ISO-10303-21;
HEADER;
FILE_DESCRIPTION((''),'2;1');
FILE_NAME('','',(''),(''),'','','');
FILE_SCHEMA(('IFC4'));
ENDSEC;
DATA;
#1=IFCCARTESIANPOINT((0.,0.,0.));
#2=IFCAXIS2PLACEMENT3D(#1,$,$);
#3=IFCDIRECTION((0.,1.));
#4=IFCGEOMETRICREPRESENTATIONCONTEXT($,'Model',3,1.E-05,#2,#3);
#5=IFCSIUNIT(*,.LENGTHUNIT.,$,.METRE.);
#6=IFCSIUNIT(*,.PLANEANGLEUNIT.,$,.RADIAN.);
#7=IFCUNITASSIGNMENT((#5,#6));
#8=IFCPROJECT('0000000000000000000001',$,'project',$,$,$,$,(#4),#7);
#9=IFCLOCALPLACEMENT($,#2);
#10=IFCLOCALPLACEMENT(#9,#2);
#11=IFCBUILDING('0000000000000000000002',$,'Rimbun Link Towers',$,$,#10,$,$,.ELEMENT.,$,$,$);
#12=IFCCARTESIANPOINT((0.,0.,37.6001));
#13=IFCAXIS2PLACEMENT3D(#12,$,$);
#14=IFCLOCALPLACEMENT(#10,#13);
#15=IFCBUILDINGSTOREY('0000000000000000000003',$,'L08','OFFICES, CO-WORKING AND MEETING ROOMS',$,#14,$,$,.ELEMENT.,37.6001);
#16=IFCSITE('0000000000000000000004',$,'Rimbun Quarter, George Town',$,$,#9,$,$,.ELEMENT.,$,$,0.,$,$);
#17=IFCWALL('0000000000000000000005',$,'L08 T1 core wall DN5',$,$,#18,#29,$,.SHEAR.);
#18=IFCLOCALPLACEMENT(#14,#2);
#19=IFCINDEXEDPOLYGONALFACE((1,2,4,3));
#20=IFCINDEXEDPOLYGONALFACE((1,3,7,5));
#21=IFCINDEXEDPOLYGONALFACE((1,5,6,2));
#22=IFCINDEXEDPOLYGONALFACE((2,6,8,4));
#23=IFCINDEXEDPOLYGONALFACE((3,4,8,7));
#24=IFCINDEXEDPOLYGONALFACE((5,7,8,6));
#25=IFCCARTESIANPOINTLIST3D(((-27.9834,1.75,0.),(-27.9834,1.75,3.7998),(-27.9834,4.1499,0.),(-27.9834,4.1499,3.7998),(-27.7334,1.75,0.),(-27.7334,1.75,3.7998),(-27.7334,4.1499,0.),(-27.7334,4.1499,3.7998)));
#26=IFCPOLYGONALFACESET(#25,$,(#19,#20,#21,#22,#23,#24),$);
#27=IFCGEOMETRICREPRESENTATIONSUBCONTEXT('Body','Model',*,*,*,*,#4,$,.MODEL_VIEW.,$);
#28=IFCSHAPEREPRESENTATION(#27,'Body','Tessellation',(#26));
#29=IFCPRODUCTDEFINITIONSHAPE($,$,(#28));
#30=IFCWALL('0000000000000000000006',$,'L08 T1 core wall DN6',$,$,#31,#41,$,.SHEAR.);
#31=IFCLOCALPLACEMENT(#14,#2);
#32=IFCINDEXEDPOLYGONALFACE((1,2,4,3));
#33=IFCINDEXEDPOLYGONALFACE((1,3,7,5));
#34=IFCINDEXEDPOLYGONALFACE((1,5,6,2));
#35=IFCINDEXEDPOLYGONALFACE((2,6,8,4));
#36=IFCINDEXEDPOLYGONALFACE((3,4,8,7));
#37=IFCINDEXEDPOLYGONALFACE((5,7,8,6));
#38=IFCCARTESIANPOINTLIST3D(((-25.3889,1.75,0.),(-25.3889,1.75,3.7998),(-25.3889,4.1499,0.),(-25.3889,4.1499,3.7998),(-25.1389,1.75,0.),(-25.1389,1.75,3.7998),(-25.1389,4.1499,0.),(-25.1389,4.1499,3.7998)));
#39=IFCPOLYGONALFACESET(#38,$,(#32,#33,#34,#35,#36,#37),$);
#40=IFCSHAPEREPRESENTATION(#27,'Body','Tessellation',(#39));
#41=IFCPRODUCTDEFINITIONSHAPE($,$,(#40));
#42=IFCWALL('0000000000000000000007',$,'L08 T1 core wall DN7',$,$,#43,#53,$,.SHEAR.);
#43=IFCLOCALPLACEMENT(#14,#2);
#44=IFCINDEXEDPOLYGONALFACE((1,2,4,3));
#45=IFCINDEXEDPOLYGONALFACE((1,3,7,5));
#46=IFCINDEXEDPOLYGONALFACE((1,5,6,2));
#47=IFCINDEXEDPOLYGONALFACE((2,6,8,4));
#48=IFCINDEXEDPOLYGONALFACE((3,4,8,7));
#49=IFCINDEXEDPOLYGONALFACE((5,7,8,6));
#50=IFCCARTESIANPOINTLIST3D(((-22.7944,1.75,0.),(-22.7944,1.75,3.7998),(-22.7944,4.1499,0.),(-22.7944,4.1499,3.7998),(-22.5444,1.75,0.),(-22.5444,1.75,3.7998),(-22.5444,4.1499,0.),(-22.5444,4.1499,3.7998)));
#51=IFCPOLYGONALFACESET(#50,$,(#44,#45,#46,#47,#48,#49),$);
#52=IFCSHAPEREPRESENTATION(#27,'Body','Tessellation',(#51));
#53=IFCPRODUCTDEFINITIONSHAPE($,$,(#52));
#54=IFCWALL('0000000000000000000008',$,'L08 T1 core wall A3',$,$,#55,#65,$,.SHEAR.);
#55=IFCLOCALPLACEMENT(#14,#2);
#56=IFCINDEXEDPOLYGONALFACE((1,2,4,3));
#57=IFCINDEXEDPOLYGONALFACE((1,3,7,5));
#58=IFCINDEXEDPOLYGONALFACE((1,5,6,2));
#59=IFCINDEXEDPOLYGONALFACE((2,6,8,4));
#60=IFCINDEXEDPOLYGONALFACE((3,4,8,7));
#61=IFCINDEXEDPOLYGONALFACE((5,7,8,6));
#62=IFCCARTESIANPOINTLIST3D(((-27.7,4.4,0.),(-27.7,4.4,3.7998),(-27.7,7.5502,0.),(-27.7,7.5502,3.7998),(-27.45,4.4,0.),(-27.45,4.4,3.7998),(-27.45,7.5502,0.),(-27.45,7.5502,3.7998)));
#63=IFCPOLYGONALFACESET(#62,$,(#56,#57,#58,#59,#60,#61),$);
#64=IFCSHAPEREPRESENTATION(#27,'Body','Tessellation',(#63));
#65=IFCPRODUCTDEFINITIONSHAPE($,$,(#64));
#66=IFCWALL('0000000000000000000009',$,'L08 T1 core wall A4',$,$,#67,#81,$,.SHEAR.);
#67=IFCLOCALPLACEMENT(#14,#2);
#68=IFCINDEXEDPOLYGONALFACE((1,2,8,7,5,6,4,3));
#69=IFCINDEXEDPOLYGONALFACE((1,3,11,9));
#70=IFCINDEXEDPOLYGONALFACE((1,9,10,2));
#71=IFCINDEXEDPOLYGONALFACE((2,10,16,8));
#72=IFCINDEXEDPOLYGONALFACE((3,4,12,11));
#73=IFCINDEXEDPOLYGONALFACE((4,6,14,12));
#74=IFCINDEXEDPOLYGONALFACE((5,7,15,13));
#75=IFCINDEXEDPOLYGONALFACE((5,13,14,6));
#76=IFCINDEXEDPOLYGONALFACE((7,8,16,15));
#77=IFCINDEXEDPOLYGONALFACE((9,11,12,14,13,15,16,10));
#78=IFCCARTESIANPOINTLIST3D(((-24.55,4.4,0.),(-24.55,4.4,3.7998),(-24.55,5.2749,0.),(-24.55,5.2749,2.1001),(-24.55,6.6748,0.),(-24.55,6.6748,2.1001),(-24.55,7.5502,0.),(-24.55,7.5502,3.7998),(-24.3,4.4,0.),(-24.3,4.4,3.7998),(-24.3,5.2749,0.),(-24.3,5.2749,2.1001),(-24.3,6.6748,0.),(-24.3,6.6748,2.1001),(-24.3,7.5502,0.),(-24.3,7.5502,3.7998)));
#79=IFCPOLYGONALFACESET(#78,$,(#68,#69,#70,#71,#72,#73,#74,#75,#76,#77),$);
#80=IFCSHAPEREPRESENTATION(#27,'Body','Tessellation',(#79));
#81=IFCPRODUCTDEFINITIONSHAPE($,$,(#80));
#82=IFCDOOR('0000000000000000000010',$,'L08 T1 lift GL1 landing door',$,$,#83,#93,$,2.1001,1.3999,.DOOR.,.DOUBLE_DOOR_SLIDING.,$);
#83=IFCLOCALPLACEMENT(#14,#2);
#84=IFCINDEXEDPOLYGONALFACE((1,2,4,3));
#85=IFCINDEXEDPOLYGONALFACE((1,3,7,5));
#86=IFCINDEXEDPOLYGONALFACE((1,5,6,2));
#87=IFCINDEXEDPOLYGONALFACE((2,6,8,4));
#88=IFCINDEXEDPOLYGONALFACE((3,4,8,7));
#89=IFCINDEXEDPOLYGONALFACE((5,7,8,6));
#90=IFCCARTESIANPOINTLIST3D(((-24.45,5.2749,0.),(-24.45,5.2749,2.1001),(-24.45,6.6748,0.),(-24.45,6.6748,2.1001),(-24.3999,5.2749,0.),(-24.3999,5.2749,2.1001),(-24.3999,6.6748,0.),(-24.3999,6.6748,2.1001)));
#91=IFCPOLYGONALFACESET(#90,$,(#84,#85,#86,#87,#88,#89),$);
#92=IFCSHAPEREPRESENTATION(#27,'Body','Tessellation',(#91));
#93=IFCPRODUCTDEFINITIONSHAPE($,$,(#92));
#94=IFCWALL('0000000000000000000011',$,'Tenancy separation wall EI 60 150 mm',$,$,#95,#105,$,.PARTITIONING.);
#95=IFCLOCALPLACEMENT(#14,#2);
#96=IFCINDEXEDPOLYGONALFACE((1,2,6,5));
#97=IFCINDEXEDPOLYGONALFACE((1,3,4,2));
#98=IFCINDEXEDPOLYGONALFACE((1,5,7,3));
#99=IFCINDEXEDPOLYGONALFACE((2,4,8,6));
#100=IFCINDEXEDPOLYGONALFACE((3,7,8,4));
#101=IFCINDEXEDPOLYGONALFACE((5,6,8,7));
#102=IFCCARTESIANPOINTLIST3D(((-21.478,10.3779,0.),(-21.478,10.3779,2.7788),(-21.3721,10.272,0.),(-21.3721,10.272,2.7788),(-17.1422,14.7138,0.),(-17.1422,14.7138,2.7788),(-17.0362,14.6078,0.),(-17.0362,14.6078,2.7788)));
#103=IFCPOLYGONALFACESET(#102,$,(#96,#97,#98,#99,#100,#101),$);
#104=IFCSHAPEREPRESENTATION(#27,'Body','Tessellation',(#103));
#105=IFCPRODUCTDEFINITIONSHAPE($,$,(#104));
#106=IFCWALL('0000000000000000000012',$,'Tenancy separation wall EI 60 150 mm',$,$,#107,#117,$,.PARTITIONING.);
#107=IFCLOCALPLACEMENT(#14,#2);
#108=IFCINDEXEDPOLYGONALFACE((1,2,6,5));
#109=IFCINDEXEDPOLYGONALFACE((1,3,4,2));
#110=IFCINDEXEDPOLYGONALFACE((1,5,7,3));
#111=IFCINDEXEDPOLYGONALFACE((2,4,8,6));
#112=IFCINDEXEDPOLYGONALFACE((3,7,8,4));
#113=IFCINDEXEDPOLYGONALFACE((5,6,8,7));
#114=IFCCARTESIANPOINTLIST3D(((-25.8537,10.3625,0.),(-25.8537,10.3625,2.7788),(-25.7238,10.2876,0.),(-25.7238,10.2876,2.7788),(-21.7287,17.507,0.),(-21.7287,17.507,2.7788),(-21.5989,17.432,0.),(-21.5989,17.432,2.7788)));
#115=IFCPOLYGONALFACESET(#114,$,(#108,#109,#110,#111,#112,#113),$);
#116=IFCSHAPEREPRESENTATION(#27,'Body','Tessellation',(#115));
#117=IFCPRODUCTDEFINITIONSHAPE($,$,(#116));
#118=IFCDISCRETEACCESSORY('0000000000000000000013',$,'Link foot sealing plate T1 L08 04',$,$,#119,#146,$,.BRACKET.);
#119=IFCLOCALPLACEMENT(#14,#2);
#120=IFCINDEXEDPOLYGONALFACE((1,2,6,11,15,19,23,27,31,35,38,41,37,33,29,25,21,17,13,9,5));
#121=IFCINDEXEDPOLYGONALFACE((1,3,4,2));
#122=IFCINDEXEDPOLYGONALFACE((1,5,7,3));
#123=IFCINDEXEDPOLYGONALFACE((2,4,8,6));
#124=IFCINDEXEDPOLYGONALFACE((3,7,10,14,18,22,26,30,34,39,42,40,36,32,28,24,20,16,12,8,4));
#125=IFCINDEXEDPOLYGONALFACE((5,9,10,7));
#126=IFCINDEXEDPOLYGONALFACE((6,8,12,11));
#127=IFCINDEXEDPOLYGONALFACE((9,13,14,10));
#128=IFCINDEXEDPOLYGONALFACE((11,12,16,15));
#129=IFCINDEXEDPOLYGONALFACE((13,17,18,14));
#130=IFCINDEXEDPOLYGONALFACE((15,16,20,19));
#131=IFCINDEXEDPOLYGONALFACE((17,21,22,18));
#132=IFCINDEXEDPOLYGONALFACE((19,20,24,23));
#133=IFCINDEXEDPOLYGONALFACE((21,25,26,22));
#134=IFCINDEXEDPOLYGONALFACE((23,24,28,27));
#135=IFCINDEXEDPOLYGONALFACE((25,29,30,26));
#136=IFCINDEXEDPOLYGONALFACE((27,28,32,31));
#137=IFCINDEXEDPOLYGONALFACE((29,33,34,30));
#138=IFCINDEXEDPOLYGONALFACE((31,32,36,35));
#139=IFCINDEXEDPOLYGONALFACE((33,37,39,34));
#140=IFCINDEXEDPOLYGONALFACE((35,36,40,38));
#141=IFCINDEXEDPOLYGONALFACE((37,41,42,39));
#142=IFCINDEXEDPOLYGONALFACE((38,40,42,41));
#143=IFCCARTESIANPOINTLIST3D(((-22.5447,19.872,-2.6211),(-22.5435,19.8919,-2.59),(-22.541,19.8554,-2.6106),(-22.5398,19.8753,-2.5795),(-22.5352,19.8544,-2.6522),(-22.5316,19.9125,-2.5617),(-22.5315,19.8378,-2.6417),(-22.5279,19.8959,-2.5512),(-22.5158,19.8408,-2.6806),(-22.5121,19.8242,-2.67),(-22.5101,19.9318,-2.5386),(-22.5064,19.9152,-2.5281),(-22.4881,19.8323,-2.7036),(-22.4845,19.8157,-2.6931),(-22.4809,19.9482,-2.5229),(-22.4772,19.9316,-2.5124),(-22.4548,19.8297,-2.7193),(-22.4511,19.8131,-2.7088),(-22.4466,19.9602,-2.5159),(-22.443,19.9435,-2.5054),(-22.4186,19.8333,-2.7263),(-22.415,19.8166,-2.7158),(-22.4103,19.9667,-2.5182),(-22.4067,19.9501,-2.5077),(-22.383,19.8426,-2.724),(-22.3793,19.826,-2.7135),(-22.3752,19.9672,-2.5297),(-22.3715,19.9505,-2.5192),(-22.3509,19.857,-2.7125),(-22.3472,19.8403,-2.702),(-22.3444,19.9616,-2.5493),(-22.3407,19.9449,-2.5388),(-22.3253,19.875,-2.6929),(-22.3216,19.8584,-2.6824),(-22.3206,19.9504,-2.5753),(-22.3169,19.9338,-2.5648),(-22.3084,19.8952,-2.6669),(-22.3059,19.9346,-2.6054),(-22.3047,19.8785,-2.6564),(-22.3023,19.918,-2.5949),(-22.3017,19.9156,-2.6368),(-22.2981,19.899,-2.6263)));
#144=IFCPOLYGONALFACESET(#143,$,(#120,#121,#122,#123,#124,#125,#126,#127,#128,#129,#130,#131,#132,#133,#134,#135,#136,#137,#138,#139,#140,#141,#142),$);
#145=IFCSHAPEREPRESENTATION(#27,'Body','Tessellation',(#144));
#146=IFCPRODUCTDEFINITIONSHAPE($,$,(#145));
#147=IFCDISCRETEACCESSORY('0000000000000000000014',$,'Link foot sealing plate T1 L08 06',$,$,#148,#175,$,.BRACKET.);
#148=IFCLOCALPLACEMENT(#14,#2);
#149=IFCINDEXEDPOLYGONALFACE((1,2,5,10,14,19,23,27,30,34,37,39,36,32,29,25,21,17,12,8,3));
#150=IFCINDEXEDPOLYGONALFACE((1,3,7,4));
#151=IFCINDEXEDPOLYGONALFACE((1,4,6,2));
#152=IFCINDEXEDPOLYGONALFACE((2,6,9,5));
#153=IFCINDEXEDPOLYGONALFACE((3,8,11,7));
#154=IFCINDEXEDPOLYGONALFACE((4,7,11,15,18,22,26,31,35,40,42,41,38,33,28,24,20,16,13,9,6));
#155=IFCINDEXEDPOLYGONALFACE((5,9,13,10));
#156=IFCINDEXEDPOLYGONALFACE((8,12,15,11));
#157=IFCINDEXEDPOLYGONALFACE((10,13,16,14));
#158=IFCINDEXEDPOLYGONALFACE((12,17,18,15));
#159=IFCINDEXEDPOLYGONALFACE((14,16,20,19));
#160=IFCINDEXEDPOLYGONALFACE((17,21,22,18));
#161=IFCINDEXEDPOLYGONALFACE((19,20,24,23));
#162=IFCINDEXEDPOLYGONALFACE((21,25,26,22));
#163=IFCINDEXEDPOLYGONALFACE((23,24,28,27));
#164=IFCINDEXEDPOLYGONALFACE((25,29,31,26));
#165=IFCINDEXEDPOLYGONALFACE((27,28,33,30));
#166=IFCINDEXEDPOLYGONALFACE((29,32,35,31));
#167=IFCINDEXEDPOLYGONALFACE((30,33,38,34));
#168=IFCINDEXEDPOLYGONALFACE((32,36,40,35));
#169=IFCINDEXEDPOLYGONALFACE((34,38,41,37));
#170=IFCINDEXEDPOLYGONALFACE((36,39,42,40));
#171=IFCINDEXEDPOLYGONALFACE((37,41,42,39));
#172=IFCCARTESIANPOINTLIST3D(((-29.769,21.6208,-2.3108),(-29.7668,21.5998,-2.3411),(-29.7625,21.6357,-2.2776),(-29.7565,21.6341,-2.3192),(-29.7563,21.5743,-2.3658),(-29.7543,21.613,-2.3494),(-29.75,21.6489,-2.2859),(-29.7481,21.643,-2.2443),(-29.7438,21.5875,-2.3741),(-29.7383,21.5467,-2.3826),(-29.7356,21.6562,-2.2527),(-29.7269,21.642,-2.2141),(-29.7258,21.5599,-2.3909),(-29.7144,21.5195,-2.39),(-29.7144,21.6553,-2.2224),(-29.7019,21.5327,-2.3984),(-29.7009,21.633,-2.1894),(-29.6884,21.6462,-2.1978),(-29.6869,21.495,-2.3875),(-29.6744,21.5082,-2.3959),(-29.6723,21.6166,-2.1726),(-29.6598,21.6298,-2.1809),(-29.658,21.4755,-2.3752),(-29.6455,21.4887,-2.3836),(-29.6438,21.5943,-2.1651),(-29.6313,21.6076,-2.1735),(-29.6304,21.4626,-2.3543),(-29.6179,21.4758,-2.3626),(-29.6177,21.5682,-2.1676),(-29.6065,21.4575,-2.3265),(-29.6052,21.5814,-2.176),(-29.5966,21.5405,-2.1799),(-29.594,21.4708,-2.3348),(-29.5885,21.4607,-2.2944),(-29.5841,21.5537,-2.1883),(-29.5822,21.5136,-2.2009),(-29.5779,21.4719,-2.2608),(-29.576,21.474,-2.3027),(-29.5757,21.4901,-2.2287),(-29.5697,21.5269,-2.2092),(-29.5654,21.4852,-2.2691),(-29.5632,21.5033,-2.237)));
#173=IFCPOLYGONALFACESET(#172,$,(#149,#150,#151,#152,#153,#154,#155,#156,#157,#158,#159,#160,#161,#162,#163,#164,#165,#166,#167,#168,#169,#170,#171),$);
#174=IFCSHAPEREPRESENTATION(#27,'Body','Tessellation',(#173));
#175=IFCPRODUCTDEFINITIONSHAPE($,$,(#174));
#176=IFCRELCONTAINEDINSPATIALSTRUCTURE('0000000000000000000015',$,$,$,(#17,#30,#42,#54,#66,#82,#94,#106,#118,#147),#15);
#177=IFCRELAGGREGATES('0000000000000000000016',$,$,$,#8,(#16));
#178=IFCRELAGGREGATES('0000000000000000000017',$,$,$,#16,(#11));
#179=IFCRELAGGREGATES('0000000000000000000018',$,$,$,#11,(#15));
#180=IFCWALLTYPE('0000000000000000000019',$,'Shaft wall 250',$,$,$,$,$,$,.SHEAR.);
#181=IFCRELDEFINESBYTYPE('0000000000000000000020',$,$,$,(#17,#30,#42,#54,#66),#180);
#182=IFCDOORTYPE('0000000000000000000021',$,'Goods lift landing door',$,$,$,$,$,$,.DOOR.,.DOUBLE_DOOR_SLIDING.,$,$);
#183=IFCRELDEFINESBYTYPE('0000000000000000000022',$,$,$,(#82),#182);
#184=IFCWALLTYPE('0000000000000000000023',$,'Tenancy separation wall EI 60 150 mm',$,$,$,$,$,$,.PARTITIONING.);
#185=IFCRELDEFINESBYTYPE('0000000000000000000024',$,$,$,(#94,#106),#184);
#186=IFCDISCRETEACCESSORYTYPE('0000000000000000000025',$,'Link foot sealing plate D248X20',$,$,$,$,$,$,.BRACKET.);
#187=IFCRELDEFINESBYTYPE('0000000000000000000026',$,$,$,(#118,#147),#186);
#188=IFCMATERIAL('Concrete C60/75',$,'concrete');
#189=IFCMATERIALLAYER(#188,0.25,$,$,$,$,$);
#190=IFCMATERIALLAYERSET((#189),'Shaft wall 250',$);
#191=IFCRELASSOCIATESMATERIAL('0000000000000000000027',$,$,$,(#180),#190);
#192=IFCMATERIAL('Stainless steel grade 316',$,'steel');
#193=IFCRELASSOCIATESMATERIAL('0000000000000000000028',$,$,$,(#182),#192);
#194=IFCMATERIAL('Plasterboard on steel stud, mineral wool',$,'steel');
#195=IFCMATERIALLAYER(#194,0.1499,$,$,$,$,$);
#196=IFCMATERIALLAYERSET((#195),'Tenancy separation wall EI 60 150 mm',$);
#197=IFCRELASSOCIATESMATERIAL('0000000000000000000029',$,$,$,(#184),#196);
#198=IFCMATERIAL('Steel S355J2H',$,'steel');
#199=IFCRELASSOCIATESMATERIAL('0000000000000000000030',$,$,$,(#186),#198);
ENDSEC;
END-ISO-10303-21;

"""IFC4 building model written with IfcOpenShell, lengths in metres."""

from ifc_helpers import new_model, si_unit, direction, frame, frame_2d, origin, origin_2d, place, context, subcontext, project, spatial, rectangle, circle, extrude, material, layer, layer_set, material_profile, profile_set, type_object, element, fill, save


model = new_model("IFC4")

# Units and contexts
model_context = context("Model", 3, precision=1e-05, world=origin(), true_north=direction((0.0, 1.0)))
body_context = subcontext(model_context, "Body", "Model", "MODEL_VIEW")
ifc_project = project(units=[si_unit("LENGTHUNIT", "METRE"), si_unit("PLANEANGLEUNIT", "RADIAN")], contexts=[model_context])

# Site, building, storey
site_placement = place(None, origin())
site = spatial("IfcSite", under=ifc_project, at=site_placement, Name="Rimbun Quarter, George Town", CompositionType="ELEMENT", RefElevation=0.0)
building_placement = place(site_placement, origin())
building = spatial("IfcBuilding", under=site, at=building_placement, Name="Rimbun Link Towers", CompositionType="ELEMENT")
storey_placement = place(building_placement, frame((0.0, 0.0, 37.6001)))
storey = spatial("IfcBuildingStorey", under=building, at=storey_placement, Name="L08", Description="OFFICES, CO-WORKING AND MEETING ROOMS", CompositionType="ELEMENT", Elevation=37.6001)

# Walls
ifc_material_1 = material(Name="Concrete C60/75", Category="concrete")
ifc_layer_1 = layer(ifc_material_1, 0.25)
ifc_layer_set_1 = layer_set([ifc_layer_1], Name="Shaft wall 250")
wall_type_1 = type_object("IfcWallType", Name="Shaft wall 250", PredefinedType="SHEAR", material=ifc_layer_set_1)
for number, where, z_axis, x_axis, name in (
    (1, (-27.8584, 1.75, 0.0), (0.0, 0.0, 1.0), (0.0, 1.0, 0.0), "L08 T1 core wall DN5"),
    (2, (-25.2639, 1.75, 0.0), (0.0, 0.0, 1.0), (0.0, 1.0, 0.0), "L08 T1 core wall DN6"),
    (3, (-22.6694, 1.75, 0.0), (0.0, 0.0, 1.0), (0.0, 1.0, 0.0), "L08 T1 core wall DN7"),
):
    element("IfcWall", number, at=place(storey_placement, frame(where, z_axis=z_axis, x_axis=x_axis)), inside=storey, type_object=wall_type_1, Name=name, PredefinedType="SHEAR", context=body_context, shape_type="SweptSolid", body=[
        extrude(rectangle(XDim=2.3999, YDim=0.25, at=frame_2d((1.2, 0.0))), origin(), (0.0, 0.0, 1.0), 3.7998),
    ])
wall_1_placement = place(storey_placement, frame((-27.575, 4.3999, 0.0), z_axis=(0.0, 0.0, 1.0), x_axis=(0.0, 1.0, 0.0)))
element("IfcWall", 4, at=wall_1_placement, inside=storey, type_object=wall_type_1, Name="L08 T1 core wall A3", PredefinedType="SHEAR", context=body_context, shape_type="SweptSolid", body=[
    extrude(rectangle(XDim=3.1501, YDim=0.25, at=frame_2d((1.5752, 0.0))), origin(), (0.0, 0.0, 1.0), 3.7998),
])

# Wall, opening, door
wall_2_placement = place(storey_placement, frame((-24.425, 4.3999, 0.0), z_axis=(0.0, 0.0, 1.0), x_axis=(0.0, 1.0, 0.0)))
wall_2 = element("IfcWall", 5, at=wall_2_placement, inside=storey, type_object=wall_type_1, Name="L08 T1 core wall A4", PredefinedType="SHEAR", context=body_context, shape_type="SweptSolid", body=[
    extrude(rectangle(XDim=3.1501, YDim=0.25, at=frame_2d((1.5752, 0.0))), origin(), (0.0, 0.0, 1.0), 3.7998),
])
opening_1_placement = place(wall_2_placement, frame((0.875, 0.0, 0.0)))
opening_1 = element("IfcOpeningElement", 6, at=opening_1_placement, cuts=wall_2, PredefinedType="OPENING", context=body_context, shape_type="SweptSolid", body=[
    extrude(rectangle(XDim=1.3999, YDim=2.1001, at=frame_2d((0.7, 1.05))), frame((0.0, 0.135, 0.0), z_axis=(0.0, -1.0, 0.0), x_axis=(1.0, 0.0, 0.0)), (0.0, 0.0, 1.0), 0.27),
])
ifc_material_2 = material(Name="Stainless steel grade 316", Category="steel")
door_type_1 = type_object("IfcDoorType", Name="Goods lift landing door", OperationType="DOUBLE_DOOR_SLIDING", PredefinedType="DOOR", material=ifc_material_2)
door_1_placement = place(opening_1_placement, origin())
door_1 = element("IfcDoor", 7, at=door_1_placement, inside=storey, type_object=door_type_1, Name="L08 T1 lift GL1 landing door", OperationType="DOUBLE_DOOR_SLIDING", OverallHeight=2.1001, OverallWidth=1.3999, PredefinedType="DOOR", context=body_context, shape_type="SweptSolid", body=[
    extrude(rectangle(XDim=1.3999, YDim=2.1001, at=frame_2d((0.7, 1.05))), frame((0.0, 0.0249, 0.0), z_axis=(0.0, -1.0, 0.0), x_axis=(1.0, 0.0, 0.0)), (0.0, 0.0, 1.0), 0.05),
])
fill(opening_1, door_1)

# Walls
ifc_material_3 = material(Name="Plasterboard on steel stud, mineral wool", Category="steel")
ifc_layer_2 = layer(ifc_material_3, 0.1499)
ifc_layer_set_2 = layer_set([ifc_layer_2], Name="Tenancy separation wall EI 60 150 mm")
wall_type_2 = type_object("IfcWallType", Name="Tenancy separation wall EI 60 150 mm", PredefinedType="PARTITIONING", material=ifc_layer_set_2)
wall_3_placement = place(storey_placement, frame((-21.425, 10.325, 0.0), z_axis=(0.0, 0.0, 1.0), x_axis=(0.707107, 0.707107, 0.0)))
element("IfcWall", 8, at=wall_3_placement, inside=storey, type_object=wall_type_2, Name="Tenancy separation wall EI 60 150 mm", PredefinedType="PARTITIONING", context=body_context, shape_type="SweptSolid", body=[
    extrude(rectangle(XDim=6.1318, YDim=0.1499, at=frame_2d((3.0659, 0.0))), origin(), (0.0, 0.0, 1.0), 2.7788),
])
wall_4_placement = place(storey_placement, frame((-25.7888, 10.325, 0.0), z_axis=(0.0, 0.0, 1.0), x_axis=(0.500009, 0.86602, 0.0)))
element("IfcWall", 9, at=wall_4_placement, inside=storey, type_object=wall_type_2, Name="Tenancy separation wall EI 60 150 mm", PredefinedType="PARTITIONING", context=body_context, shape_type="SweptSolid", body=[
    extrude(rectangle(XDim=8.2498, YDim=0.1499, at=frame_2d((4.125, 0.0))), origin(), (0.0, 0.0, 1.0), 2.7788),
])

# Discrete accessories
ifc_material_4 = material(Name="Steel S355J2H", Category="steel")
ifc_material_profile_1 = material_profile(ifc_material_4, circle(Radius=0.124, at=origin_2d()), Name="PL D248")
ifc_profile_set_1 = profile_set([ifc_material_profile_1], Name="Steel S355J2H")
discrete_accessory_type = type_object("IfcDiscreteAccessoryType", Name="Link foot sealing plate D248X20", PredefinedType="BRACKET", material=ifc_profile_set_1)
for number, where, z_axis, x_axis, name in (
    (10, (-22.4199, 19.8821, -2.6106), (-0.183282, 0.830876, -0.525407), (-0.976524, -0.21541, 0.0), "Link foot sealing plate T1 L08 04"),
    (11, (-29.6724, 21.5505, -2.2776), (0.624323, 0.661048, -0.416216), (-0.727013, 0.686624, 0.0), "Link foot sealing plate T1 L08 06"),
):
    element("IfcDiscreteAccessory", number, at=place(storey_placement, frame(where, z_axis=z_axis, x_axis=x_axis)), inside=storey, type_object=discrete_accessory_type, Name=name, PredefinedType="BRACKET", context=body_context, shape_type="SweptSolid", body=[
        extrude(circle(Radius=0.124, at=origin_2d()), origin(), (0.0, 0.0, 1.0), 0.02),
    ])

save(model, "model.ifc")
